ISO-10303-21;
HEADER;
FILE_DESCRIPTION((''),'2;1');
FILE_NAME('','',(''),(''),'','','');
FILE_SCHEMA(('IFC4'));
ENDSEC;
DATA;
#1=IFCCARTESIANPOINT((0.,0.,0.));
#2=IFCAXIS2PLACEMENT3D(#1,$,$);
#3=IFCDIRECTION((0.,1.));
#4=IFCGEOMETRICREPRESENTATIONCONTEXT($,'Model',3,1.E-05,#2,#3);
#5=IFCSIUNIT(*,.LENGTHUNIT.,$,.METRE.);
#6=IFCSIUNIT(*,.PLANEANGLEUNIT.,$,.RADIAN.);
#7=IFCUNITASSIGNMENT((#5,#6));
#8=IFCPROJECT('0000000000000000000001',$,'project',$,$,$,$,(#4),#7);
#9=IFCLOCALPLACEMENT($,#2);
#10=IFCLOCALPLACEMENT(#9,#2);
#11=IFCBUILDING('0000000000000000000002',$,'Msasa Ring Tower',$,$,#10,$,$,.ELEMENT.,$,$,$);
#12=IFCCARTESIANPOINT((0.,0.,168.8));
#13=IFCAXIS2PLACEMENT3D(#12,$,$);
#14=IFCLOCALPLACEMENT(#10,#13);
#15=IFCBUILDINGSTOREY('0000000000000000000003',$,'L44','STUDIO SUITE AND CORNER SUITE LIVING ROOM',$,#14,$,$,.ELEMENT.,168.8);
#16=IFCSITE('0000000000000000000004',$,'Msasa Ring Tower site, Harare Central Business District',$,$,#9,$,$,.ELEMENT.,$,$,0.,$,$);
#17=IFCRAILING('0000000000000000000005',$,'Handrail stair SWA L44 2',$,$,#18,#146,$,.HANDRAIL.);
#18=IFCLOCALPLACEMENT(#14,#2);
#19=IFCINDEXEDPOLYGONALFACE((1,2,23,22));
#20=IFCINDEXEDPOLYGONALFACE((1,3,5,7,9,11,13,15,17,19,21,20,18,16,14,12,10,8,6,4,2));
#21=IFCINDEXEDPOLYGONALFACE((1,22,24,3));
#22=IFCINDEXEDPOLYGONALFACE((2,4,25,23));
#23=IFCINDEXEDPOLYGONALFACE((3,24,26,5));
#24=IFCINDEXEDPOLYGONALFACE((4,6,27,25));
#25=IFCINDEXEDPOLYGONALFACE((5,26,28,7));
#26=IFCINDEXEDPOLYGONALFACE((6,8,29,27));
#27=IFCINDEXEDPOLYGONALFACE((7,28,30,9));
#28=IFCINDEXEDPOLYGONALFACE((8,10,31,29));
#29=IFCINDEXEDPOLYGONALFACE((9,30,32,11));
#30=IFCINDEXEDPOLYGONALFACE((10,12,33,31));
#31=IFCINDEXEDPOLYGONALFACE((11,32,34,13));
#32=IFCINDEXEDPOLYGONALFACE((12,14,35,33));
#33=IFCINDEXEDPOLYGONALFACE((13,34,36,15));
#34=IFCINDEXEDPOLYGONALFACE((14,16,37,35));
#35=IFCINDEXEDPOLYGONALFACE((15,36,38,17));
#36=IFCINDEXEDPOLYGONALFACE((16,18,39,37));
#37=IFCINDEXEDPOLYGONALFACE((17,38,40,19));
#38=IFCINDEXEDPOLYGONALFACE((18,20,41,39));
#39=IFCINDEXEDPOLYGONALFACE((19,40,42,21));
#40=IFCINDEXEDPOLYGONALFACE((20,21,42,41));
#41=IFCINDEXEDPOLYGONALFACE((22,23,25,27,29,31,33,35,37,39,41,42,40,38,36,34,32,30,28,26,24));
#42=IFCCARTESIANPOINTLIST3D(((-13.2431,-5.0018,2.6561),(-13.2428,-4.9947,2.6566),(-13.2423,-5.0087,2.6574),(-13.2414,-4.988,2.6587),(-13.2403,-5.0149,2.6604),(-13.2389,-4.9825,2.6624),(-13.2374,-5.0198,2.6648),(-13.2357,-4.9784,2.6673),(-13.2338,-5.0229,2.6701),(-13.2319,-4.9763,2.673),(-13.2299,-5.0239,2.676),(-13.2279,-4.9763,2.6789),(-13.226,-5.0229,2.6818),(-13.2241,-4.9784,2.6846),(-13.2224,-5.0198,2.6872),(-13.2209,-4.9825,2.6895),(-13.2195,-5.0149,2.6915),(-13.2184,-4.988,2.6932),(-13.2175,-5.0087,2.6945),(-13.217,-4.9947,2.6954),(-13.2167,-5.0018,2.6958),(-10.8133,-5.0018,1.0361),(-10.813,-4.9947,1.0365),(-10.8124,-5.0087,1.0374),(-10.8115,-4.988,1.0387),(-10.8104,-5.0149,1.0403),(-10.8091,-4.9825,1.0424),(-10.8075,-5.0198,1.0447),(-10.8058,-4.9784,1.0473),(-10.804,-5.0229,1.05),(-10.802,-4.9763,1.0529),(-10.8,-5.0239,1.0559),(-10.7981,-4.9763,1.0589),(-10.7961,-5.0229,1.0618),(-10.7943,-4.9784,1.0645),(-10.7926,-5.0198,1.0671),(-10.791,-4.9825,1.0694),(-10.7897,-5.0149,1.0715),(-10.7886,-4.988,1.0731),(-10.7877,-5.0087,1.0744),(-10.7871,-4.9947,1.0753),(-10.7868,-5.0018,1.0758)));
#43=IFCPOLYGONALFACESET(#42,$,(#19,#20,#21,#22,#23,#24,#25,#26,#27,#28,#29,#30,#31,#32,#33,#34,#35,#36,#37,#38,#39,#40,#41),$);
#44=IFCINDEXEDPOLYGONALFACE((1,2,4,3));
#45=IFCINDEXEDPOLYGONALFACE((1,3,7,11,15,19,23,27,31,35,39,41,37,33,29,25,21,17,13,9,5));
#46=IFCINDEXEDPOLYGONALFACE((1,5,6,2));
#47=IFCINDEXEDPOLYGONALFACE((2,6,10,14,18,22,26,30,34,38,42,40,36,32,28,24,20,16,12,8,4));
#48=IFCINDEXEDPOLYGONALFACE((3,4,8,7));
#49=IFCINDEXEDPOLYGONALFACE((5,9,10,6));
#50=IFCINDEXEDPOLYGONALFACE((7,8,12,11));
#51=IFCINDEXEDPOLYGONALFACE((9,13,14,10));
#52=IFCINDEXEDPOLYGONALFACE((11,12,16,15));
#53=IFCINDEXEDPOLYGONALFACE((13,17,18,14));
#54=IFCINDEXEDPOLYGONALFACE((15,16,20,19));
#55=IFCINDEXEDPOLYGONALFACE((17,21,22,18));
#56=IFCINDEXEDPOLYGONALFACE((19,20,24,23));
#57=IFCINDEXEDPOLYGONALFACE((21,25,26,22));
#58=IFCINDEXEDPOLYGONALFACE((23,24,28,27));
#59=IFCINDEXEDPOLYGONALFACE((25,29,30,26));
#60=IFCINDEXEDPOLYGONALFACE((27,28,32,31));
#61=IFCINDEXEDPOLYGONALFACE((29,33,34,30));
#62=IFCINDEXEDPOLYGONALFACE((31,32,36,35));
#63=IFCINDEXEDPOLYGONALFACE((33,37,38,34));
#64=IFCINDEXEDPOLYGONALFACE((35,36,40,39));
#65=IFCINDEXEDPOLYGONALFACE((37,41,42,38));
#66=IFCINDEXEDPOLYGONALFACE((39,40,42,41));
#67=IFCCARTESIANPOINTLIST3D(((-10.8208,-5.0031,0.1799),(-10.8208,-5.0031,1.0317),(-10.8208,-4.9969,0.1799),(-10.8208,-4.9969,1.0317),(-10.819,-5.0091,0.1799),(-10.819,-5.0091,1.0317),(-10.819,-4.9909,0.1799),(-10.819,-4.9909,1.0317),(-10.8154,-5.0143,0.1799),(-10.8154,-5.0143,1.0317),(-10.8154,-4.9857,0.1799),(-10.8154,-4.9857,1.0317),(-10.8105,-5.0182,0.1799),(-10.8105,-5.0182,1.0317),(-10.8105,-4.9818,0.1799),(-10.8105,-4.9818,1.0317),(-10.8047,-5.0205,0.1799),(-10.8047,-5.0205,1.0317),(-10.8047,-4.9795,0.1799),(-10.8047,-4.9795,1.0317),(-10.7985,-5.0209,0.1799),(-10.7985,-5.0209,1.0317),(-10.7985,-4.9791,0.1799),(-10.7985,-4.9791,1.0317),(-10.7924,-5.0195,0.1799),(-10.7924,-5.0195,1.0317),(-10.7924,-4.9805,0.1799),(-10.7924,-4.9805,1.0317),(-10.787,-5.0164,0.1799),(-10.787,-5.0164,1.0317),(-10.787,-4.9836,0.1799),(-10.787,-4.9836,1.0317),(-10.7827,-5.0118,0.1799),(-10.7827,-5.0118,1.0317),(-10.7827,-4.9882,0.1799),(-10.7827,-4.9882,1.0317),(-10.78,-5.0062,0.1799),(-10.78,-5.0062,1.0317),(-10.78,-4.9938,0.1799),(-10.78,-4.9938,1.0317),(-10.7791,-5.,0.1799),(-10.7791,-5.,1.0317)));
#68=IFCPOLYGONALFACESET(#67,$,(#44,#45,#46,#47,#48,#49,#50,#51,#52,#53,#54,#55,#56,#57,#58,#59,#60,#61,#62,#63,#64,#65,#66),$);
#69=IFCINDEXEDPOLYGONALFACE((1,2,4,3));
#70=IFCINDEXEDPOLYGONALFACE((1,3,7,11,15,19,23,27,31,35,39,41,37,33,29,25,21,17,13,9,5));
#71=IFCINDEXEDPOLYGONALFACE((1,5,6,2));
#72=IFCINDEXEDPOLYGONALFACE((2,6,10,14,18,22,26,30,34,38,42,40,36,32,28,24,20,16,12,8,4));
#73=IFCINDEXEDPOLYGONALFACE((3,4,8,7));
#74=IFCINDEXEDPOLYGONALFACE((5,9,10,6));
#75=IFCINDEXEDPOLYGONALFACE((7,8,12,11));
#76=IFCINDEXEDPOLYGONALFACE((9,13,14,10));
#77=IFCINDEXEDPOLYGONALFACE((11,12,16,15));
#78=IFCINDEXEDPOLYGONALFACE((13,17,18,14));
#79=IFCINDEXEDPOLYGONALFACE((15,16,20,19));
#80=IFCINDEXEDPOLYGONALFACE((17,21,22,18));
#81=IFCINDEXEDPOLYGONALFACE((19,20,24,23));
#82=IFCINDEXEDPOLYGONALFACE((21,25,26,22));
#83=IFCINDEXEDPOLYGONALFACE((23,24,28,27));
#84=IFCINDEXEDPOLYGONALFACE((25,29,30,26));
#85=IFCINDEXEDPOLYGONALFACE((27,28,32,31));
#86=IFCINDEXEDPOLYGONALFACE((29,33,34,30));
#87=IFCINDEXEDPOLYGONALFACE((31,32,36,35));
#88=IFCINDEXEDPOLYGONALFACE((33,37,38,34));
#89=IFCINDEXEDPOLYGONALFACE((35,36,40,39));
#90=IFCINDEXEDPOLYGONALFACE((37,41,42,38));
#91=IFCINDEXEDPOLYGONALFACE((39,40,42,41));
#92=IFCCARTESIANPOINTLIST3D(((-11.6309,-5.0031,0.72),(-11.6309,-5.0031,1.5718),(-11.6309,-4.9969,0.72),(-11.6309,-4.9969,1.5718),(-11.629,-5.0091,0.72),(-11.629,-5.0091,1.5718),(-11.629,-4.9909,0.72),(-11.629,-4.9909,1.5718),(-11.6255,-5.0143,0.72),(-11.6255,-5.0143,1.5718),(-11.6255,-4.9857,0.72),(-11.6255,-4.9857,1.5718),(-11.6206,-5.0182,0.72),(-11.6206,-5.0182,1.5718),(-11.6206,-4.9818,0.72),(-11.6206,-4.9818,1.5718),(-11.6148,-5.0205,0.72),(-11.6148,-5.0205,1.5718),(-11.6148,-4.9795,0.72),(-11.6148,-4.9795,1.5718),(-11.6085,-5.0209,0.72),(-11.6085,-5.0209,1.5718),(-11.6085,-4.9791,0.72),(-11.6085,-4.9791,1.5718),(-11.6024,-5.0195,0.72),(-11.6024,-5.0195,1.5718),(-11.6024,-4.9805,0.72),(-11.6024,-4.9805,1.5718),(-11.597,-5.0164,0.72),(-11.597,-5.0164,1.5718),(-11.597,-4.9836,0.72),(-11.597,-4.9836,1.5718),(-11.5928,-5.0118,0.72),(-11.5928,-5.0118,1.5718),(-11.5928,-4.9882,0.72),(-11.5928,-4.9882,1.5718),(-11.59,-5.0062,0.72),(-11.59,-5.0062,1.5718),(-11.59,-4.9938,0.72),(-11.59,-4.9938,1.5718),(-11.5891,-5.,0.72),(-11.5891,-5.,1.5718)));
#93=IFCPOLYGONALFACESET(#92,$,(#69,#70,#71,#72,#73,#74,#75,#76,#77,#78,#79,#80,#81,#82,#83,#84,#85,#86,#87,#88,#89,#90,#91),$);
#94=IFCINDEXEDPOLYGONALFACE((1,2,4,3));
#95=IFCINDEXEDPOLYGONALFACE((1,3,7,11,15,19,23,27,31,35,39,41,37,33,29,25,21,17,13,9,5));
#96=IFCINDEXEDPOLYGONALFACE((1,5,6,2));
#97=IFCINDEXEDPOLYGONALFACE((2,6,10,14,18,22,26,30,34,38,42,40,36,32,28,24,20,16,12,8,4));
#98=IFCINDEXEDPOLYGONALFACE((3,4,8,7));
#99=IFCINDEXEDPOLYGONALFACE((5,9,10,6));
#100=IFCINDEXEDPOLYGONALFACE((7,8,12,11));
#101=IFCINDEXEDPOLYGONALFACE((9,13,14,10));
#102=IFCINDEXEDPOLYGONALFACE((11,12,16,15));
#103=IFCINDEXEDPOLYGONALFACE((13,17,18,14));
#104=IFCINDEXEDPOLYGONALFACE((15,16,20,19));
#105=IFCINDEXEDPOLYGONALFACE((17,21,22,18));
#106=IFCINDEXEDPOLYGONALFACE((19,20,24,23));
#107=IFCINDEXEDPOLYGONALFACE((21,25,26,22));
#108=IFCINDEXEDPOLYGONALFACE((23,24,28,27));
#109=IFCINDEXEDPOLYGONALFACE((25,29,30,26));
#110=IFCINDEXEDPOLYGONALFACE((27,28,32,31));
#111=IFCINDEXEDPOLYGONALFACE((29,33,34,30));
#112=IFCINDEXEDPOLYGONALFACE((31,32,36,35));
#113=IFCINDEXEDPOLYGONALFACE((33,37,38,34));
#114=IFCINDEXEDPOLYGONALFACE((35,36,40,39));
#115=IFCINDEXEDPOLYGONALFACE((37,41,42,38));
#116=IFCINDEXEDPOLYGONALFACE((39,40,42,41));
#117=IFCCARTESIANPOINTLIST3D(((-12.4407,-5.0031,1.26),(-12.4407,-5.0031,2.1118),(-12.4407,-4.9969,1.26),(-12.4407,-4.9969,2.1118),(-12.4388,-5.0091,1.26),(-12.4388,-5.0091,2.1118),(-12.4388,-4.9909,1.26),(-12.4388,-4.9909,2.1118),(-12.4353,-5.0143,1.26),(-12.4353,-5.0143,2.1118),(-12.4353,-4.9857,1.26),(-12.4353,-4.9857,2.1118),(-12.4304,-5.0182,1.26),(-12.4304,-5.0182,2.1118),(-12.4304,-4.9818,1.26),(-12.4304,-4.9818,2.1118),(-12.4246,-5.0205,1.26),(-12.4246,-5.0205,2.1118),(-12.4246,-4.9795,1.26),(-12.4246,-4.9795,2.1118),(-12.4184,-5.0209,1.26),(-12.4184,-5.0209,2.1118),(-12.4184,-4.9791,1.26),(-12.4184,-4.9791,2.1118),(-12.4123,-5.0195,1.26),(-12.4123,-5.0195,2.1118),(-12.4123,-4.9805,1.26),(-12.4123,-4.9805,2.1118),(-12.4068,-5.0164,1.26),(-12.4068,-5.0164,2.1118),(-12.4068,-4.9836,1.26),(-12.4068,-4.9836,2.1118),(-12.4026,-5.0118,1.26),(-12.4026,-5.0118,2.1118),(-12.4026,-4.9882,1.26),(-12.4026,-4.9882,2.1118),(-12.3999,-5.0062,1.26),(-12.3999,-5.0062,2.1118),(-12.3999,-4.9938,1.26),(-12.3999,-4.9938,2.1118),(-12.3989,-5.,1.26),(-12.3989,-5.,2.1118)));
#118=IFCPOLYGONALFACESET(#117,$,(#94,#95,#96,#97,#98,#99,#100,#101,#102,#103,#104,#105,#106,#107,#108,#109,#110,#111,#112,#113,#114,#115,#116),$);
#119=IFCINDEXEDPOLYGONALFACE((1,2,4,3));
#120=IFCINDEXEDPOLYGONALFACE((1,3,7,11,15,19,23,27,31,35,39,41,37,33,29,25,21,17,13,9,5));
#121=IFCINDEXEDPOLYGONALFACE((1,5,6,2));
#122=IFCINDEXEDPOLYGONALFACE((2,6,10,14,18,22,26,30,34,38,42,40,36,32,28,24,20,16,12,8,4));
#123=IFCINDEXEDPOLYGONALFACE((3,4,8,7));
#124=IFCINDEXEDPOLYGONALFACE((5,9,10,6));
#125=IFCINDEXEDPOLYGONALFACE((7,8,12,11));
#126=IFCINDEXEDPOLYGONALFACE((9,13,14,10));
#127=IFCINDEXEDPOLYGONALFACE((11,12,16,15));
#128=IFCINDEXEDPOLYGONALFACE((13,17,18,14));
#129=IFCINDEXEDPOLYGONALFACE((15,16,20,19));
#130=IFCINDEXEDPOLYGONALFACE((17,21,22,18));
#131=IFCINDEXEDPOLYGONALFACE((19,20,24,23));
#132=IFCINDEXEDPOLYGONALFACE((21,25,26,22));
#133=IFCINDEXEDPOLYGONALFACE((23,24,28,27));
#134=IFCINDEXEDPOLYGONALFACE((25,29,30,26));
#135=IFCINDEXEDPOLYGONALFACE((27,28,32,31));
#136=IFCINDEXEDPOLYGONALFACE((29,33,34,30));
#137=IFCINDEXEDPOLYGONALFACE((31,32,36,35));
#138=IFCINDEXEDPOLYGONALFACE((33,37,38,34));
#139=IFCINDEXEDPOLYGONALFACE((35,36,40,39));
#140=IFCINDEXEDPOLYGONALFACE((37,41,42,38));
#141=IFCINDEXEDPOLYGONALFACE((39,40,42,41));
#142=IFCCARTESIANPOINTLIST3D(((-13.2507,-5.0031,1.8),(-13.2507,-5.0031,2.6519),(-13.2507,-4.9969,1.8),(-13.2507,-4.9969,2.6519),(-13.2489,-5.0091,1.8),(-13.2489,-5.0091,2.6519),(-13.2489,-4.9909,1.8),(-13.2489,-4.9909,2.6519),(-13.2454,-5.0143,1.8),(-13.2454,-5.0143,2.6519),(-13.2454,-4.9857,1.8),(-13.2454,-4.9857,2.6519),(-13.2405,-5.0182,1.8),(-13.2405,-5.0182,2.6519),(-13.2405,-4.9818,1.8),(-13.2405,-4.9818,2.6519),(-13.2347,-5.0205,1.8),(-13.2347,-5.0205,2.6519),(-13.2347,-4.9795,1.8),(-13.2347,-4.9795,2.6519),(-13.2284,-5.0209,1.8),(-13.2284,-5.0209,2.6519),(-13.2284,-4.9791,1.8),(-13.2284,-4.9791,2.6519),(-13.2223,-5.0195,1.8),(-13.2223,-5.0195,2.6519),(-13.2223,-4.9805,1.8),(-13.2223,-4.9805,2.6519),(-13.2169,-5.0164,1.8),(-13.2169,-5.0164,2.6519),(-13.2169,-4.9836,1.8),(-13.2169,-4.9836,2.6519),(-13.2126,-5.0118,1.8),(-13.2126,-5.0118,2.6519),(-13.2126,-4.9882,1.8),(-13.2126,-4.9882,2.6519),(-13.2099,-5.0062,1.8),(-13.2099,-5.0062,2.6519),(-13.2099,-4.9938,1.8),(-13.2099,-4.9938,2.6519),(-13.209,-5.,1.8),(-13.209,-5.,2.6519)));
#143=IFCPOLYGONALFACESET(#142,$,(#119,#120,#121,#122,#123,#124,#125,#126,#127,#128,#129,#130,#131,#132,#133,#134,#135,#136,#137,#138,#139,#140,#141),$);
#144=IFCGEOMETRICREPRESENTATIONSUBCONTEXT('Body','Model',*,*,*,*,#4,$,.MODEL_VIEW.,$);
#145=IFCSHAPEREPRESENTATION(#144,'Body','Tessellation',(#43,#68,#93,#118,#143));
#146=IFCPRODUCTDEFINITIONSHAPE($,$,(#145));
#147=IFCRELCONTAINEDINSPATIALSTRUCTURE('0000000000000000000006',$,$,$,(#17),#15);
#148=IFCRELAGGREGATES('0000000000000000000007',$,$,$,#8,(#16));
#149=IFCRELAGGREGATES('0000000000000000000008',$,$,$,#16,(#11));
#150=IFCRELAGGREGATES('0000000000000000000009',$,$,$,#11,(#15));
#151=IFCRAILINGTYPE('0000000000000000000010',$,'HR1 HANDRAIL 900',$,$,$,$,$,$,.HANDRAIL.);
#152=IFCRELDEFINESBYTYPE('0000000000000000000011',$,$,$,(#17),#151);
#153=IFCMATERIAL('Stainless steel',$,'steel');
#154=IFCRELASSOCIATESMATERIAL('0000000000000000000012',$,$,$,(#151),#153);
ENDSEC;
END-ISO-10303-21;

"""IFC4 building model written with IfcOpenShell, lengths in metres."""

from ifc_helpers import new_model, si_unit, direction, frame, origin, origin_2d, place, context, subcontext, project, spatial, circle, extrude, material, type_object, element, save


model = new_model("IFC4")

# Units and contexts
model_context = context("Model", 3, precision=1e-05, world=origin(), true_north=direction((0.0, 1.0)))
body_context = subcontext(model_context, "Body", "Model", "MODEL_VIEW")
ifc_project = project(units=[si_unit("LENGTHUNIT", "METRE"), si_unit("PLANEANGLEUNIT", "RADIAN")], contexts=[model_context])

# Site, building, storey
site_placement = place(None, origin())
site = spatial("IfcSite", under=ifc_project, at=site_placement, Name="Msasa Ring Tower site, Harare Central Business District", CompositionType="ELEMENT", RefElevation=0.0)
building_placement = place(site_placement, origin())
building = spatial("IfcBuilding", under=site, at=building_placement, Name="Msasa Ring Tower", CompositionType="ELEMENT")
storey_placement = place(building_placement, frame((0.0, 0.0, 168.8)))
storey = spatial("IfcBuildingStorey", under=building, at=storey_placement, Name="L44", Description="STUDIO SUITE AND CORNER SUITE LIVING ROOM", CompositionType="ELEMENT", Elevation=168.8)

# Railing
ifc_material_1 = material(Name="Stainless steel", Category="steel")
railing_type = type_object("IfcRailingType", Name="HR1 HANDRAIL 900", PredefinedType="HANDRAIL", material=ifc_material_1)
for number, where, name in (
    (1, (-10.8, -5.0, 0.1799), "Handrail stair SWA L44 2"),
):
    element("IfcRailing", number, at=place(storey_placement, frame(where)), inside=storey, type_object=railing_type, Name=name, PredefinedType="HANDRAIL", context=body_context, shape_type="SweptSolid", body=[
        extrude(circle(Radius=0.0239, at=origin_2d()), frame((0.0, 0.0, 0.876), z_axis=(-0.832025, 0.0, 0.554739), x_axis=(0.0, -1.0, 0.0)), (0.0, 0.0, 1.0), 2.9204),
        extrude(circle(Radius=0.021, at=origin_2d()), origin(), (0.0, 0.0, 1.0), 0.8518),
        extrude(circle(Radius=0.021, at=origin_2d()), frame((-0.8101, 0.0, 0.54)), (0.0, 0.0, 1.0), 0.8518),
        extrude(circle(Radius=0.021, at=origin_2d()), frame((-1.6199, 0.0, 1.0801)), (0.0, 0.0, 1.0), 0.8518),
        extrude(circle(Radius=0.021, at=origin_2d()), frame((-2.4299, 0.0, 1.6201)), (0.0, 0.0, 1.0), 0.8518),
    ])

save(model, "model.ifc")
